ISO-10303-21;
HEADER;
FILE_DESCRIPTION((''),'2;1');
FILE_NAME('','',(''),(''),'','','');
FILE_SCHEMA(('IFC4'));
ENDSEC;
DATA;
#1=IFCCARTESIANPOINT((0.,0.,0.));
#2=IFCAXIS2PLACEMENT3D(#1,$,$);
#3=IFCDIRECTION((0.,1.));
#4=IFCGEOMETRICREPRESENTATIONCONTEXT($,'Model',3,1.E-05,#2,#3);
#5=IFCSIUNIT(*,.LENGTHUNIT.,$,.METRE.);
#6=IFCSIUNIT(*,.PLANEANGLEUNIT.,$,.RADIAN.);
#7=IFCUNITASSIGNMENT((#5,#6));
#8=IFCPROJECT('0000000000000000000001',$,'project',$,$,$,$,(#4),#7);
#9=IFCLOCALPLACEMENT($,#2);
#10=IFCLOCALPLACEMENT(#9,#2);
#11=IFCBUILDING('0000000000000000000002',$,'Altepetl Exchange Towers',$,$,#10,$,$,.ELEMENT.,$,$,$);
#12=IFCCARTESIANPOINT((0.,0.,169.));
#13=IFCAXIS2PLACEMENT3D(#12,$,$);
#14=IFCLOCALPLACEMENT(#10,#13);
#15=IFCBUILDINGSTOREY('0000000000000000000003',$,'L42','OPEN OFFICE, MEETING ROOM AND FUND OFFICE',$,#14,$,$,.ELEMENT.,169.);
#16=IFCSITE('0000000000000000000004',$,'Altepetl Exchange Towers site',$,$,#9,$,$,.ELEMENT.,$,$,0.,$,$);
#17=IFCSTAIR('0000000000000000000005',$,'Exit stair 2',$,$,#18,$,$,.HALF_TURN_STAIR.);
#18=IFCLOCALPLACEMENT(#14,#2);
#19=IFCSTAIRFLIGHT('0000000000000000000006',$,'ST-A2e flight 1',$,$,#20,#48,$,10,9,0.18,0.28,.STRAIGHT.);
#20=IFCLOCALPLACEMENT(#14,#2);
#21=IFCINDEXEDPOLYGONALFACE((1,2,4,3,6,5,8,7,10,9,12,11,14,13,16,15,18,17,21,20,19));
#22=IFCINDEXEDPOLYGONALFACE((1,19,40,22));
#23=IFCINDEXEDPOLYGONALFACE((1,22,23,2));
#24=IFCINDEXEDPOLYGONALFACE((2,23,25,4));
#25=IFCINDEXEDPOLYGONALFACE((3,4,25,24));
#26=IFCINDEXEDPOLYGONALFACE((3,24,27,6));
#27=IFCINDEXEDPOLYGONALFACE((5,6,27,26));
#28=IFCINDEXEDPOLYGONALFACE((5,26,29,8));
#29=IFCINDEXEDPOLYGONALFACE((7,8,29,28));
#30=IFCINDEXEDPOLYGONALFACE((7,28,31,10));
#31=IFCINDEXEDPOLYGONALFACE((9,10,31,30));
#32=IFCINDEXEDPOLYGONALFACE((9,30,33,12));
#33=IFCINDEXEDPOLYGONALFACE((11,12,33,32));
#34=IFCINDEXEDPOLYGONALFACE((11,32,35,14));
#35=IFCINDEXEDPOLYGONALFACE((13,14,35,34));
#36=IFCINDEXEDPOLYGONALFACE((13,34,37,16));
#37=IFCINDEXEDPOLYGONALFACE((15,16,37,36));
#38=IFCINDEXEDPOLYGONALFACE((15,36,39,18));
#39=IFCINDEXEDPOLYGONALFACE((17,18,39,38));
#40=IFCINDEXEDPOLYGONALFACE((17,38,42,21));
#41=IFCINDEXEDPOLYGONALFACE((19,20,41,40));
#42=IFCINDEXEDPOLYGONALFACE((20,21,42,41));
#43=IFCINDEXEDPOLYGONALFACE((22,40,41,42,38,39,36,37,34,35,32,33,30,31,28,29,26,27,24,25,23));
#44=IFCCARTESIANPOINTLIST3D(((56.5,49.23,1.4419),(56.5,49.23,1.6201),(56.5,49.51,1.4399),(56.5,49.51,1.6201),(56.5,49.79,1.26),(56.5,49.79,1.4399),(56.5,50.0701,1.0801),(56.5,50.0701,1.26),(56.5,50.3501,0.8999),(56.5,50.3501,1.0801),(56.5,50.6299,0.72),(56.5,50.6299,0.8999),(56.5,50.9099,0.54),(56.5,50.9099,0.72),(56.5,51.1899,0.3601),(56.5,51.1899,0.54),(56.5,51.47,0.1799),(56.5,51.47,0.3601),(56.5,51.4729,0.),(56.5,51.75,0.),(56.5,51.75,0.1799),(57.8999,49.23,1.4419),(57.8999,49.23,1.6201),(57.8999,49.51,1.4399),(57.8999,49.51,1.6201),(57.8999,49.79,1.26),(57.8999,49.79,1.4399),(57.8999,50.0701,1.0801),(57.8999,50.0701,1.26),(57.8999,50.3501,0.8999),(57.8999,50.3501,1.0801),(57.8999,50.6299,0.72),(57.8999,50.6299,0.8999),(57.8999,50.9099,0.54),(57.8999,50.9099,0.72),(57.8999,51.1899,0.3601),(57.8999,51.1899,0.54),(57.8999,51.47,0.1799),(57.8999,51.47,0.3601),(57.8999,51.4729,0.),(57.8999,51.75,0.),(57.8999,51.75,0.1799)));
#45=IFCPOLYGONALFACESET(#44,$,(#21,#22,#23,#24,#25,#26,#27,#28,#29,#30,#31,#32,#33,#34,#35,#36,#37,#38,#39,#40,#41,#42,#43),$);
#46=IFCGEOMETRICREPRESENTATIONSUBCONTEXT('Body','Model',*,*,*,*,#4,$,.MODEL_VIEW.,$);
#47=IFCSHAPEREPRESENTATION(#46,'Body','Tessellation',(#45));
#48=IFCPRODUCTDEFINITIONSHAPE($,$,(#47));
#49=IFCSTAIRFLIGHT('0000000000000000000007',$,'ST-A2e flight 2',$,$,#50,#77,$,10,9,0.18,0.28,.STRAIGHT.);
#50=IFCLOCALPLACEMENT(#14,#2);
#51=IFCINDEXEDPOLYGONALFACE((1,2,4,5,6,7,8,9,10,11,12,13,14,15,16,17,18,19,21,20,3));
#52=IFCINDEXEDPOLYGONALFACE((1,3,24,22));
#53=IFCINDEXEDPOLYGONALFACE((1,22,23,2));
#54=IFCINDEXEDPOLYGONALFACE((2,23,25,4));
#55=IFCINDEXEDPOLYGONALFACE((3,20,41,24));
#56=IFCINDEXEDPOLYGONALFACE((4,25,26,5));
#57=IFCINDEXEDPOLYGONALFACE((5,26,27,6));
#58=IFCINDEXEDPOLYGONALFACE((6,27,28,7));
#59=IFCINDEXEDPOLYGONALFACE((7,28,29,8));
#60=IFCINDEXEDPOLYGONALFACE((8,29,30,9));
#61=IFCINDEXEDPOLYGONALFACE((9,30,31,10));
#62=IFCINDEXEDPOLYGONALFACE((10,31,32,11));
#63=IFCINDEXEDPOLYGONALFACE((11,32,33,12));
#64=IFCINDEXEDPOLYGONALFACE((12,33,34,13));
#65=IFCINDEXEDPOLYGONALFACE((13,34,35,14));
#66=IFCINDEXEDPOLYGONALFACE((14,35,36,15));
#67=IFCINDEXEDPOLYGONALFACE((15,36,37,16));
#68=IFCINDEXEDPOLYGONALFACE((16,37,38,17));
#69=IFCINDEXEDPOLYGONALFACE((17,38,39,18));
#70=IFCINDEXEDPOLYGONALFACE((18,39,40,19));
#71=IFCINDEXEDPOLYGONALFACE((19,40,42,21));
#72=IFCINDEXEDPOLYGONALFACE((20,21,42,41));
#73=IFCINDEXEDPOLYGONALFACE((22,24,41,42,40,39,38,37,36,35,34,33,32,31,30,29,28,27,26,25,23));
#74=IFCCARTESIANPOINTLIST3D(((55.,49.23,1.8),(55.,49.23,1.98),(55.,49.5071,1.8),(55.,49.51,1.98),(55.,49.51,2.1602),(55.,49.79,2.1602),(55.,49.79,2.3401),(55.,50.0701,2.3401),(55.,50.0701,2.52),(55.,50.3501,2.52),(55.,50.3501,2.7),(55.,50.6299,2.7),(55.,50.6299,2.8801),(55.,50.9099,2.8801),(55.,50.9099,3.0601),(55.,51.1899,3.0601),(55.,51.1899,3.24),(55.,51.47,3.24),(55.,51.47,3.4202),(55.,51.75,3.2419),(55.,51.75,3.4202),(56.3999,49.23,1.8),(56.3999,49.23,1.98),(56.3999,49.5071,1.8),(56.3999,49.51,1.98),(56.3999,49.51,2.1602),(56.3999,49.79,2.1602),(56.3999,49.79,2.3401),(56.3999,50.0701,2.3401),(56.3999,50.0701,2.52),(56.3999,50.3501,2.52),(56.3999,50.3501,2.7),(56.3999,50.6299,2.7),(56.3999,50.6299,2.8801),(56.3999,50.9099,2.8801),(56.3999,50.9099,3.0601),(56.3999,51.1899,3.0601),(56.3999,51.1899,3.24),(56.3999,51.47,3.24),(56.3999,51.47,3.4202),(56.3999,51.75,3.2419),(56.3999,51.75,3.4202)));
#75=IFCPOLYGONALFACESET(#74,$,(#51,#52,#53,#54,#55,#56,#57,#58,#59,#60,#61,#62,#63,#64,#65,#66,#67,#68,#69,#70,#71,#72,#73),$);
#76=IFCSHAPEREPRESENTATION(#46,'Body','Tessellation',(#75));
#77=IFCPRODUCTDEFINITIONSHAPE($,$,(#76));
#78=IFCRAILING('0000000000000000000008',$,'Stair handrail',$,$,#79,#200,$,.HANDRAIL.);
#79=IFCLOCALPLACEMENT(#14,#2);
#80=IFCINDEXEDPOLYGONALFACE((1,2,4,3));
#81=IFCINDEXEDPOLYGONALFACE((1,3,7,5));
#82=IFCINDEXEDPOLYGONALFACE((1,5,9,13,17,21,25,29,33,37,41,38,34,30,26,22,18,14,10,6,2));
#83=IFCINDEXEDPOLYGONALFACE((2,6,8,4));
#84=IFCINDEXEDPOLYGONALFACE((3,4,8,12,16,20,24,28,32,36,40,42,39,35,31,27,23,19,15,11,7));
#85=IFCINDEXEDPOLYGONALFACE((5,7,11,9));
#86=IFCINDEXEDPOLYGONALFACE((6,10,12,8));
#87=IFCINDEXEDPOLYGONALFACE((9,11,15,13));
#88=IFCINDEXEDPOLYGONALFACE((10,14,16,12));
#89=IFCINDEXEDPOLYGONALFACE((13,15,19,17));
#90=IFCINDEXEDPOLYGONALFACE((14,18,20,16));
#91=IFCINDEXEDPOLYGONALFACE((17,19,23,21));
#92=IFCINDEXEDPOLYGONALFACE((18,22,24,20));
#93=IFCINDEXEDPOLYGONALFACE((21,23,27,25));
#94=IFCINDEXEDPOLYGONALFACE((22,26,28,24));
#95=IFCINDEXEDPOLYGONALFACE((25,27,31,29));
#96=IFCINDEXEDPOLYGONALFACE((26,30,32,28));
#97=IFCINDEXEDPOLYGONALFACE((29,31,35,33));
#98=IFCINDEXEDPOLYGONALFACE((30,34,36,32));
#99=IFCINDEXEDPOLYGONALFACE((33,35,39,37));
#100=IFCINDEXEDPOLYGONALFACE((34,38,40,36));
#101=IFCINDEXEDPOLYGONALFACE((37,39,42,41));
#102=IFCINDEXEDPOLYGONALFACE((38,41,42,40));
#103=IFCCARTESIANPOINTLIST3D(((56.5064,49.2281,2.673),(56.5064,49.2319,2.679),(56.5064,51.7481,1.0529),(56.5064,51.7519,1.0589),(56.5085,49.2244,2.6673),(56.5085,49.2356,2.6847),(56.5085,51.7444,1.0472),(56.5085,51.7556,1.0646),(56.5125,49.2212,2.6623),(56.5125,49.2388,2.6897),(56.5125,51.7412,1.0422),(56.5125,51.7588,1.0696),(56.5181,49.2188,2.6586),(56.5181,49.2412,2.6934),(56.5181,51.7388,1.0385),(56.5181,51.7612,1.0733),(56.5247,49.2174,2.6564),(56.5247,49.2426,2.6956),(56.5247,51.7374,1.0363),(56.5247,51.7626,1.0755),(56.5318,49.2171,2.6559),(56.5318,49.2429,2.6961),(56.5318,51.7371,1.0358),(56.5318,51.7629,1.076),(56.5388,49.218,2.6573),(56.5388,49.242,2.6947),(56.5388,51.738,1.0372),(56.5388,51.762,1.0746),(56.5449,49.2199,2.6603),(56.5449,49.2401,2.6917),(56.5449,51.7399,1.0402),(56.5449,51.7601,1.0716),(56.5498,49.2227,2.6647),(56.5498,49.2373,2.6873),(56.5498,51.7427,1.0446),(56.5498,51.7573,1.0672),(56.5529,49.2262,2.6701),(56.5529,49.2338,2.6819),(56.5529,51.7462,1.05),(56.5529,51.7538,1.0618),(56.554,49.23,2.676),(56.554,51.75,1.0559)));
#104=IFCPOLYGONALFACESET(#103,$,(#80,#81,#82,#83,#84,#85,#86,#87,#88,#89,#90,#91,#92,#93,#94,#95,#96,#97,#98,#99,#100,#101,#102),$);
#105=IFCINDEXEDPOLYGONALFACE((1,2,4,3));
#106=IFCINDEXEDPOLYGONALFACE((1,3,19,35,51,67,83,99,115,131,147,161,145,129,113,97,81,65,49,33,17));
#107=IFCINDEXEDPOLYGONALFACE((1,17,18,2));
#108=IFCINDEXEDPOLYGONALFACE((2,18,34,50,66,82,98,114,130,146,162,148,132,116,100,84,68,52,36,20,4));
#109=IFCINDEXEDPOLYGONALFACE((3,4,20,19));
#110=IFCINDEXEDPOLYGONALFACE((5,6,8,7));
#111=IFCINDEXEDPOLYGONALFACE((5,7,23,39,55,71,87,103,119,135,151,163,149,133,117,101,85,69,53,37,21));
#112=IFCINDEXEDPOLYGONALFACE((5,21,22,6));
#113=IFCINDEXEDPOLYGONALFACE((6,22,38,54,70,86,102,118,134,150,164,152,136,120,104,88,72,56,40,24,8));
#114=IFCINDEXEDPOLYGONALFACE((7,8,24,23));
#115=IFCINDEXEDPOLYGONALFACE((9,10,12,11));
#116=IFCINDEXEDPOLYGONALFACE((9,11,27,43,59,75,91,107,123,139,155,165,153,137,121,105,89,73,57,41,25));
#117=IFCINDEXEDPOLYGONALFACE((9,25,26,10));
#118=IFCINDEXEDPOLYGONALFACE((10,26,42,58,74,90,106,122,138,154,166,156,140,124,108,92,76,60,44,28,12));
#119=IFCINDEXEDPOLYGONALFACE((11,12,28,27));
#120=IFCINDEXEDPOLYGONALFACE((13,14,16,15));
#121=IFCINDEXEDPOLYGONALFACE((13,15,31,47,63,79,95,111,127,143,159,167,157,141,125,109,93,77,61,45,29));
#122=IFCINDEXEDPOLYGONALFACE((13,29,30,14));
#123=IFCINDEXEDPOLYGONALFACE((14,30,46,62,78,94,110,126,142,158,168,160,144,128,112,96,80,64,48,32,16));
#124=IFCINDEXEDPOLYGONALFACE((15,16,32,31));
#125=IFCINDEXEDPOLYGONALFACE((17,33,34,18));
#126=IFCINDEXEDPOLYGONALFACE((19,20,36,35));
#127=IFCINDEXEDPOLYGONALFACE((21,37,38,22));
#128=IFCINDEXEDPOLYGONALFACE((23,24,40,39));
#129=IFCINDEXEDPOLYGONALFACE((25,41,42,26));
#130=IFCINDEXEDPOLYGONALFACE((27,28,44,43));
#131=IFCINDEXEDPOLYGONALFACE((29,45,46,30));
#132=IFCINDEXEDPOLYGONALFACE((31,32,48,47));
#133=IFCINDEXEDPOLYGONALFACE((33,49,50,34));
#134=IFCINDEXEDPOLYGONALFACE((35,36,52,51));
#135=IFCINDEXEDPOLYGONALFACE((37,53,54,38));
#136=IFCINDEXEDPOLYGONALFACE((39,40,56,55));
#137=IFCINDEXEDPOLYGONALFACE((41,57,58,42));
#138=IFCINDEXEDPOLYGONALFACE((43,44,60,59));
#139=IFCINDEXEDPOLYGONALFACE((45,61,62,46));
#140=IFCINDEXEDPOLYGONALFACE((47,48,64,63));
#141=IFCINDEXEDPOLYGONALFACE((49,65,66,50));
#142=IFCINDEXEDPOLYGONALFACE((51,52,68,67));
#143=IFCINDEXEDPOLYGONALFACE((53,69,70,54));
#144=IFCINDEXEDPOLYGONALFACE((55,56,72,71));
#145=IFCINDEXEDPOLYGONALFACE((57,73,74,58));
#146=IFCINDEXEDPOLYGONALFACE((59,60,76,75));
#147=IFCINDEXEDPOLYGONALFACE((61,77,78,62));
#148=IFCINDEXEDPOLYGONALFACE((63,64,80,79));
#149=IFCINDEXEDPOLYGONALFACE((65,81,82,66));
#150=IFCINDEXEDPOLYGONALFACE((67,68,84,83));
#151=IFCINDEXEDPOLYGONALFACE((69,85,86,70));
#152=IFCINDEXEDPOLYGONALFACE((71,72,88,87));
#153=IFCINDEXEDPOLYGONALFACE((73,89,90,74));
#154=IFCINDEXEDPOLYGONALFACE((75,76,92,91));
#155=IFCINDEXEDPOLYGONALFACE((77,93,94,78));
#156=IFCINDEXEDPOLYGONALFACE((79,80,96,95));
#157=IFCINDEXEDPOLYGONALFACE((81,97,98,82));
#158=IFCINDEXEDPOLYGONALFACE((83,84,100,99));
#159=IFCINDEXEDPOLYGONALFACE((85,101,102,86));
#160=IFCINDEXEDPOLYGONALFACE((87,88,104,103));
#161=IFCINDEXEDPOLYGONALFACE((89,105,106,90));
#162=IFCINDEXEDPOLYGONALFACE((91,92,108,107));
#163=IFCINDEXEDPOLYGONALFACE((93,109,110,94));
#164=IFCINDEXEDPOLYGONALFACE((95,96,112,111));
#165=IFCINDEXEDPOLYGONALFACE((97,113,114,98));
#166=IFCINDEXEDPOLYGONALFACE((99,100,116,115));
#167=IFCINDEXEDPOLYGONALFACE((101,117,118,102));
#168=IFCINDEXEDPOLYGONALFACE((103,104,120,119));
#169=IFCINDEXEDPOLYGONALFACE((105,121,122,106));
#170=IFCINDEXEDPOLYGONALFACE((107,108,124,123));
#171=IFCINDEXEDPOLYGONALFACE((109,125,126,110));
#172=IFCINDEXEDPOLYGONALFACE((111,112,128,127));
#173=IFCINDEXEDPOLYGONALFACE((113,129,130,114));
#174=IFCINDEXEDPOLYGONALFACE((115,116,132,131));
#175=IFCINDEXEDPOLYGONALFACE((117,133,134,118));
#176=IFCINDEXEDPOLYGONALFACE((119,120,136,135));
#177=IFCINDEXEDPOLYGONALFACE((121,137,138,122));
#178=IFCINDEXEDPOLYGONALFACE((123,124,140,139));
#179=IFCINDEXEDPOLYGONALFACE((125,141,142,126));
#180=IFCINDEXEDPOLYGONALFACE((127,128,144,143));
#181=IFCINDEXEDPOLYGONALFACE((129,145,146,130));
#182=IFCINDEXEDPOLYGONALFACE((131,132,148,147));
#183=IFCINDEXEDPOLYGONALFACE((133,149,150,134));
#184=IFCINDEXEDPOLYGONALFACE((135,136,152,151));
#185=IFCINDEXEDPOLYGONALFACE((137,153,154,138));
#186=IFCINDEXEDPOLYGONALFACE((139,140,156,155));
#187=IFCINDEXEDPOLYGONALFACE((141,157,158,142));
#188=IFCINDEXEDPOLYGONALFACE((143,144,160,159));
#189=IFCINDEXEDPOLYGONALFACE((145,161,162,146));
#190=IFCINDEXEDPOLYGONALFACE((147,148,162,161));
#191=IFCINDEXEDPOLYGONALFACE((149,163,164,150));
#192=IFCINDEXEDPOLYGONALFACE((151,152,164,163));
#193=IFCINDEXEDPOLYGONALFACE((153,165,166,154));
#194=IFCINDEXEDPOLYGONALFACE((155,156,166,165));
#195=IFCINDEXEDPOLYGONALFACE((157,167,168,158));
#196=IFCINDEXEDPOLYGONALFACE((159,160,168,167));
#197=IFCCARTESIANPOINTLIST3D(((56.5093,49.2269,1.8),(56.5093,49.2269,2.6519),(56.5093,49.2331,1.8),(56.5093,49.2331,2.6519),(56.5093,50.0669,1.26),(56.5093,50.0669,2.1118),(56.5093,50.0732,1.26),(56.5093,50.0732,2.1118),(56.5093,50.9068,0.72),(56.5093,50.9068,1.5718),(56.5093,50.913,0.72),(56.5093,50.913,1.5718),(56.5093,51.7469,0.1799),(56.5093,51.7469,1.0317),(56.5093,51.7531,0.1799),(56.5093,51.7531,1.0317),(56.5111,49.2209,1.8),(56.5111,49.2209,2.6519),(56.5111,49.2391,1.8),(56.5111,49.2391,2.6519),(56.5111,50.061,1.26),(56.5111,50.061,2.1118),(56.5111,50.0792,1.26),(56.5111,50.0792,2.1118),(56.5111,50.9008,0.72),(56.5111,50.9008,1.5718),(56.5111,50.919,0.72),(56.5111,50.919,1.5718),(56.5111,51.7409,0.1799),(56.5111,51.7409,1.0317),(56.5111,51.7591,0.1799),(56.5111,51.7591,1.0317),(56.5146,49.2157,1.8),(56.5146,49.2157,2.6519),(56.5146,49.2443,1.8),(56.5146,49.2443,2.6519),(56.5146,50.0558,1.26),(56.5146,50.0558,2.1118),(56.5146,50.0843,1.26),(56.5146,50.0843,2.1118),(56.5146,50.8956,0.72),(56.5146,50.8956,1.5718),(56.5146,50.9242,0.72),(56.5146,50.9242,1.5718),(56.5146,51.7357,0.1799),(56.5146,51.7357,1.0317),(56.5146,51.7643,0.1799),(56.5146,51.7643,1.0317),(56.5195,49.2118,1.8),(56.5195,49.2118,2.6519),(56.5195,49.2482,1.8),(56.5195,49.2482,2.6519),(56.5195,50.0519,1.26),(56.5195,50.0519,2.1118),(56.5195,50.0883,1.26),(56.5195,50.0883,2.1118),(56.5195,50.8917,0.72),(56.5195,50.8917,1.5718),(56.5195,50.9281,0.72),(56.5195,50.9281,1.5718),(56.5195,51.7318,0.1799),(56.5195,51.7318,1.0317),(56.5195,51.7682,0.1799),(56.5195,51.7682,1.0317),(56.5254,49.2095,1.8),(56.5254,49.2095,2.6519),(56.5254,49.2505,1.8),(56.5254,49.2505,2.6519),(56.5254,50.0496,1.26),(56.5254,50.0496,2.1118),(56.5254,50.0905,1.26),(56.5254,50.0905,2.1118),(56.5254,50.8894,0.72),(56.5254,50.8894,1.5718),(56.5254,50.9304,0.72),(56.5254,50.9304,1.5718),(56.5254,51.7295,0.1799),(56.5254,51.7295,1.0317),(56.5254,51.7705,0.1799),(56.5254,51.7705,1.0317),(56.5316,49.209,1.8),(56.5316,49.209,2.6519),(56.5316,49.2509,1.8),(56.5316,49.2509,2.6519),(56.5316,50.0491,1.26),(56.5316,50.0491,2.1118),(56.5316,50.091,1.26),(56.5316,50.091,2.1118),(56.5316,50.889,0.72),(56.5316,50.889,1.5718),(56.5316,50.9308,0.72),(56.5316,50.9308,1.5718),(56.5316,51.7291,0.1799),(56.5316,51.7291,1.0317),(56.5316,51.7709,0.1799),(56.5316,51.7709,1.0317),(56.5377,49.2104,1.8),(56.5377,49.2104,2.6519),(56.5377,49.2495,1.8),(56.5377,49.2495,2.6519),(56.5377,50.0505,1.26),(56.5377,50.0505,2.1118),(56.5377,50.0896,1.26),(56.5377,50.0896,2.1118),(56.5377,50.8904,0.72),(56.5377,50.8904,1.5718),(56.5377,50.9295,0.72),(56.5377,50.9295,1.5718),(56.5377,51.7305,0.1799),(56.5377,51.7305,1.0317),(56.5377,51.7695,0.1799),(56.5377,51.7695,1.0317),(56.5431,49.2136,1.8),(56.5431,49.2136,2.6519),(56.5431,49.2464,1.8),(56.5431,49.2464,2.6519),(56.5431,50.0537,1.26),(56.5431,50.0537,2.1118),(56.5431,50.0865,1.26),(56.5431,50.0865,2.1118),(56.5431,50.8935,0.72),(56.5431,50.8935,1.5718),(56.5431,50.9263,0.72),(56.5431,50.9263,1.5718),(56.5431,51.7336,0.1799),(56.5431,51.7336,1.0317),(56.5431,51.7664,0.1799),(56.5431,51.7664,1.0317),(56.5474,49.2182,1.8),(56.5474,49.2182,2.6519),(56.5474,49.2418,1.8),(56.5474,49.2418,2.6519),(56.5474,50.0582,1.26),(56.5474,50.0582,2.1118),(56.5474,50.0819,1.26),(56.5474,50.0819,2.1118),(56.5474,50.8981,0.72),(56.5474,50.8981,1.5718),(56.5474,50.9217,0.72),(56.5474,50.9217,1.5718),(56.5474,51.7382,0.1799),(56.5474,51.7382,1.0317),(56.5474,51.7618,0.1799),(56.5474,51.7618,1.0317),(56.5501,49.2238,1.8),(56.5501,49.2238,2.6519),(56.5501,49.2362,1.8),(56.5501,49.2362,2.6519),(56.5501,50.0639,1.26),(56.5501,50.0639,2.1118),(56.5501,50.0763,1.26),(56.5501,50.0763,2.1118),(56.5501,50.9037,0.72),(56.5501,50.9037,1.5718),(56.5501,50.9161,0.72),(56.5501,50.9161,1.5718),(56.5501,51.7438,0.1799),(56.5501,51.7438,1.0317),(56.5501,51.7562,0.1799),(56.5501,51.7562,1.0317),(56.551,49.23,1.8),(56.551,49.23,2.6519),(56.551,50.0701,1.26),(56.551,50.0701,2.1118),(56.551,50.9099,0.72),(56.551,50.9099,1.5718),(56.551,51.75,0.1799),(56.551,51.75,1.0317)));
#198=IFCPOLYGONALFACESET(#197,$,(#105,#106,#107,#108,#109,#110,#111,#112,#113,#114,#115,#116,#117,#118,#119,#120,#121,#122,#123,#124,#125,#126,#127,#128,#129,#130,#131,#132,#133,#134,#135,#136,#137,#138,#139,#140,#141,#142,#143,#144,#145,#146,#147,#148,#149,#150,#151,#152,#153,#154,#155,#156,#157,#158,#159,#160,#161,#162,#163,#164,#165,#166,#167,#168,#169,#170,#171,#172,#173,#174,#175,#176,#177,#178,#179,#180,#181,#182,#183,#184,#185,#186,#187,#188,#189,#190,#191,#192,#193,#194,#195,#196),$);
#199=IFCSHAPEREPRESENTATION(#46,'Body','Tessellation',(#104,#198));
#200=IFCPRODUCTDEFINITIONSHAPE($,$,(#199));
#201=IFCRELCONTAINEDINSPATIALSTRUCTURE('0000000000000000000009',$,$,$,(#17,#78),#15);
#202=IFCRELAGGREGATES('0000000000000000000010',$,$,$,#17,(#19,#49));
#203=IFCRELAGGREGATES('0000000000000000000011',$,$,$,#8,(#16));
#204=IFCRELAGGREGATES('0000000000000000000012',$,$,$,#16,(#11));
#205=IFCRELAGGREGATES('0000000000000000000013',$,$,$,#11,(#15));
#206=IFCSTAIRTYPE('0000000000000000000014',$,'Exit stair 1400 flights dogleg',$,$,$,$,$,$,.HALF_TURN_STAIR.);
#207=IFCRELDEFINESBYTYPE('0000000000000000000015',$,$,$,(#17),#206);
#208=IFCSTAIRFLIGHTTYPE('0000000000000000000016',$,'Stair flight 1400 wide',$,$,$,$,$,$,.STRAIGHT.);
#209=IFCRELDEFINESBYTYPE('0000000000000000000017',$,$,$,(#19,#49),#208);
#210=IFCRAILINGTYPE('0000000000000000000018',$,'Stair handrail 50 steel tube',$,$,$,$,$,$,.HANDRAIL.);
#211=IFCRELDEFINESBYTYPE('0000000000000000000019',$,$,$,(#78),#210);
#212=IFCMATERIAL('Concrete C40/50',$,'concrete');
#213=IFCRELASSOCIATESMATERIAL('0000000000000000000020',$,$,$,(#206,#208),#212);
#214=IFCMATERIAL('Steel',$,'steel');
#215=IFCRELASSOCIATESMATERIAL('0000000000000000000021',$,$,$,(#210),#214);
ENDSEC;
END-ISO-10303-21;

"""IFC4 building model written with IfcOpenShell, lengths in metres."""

from ifc_helpers import new_model, si_unit, direction, frame, origin, origin_2d, place, context, subcontext, project, spatial, polyline, circle, outline, extrude, source, transform, mapped, material, type_object, element, aggregate, save


model = new_model("IFC4")

# Units and contexts
model_context = context("Model", 3, precision=1e-05, world=origin(), true_north=direction((0.0, 1.0)))
body_context = subcontext(model_context, "Body", "Model", "MODEL_VIEW")
ifc_project = project(units=[si_unit("LENGTHUNIT", "METRE"), si_unit("PLANEANGLEUNIT", "RADIAN")], contexts=[model_context])

# Site, building, storey
site_placement = place(None, origin())
site = spatial("IfcSite", under=ifc_project, at=site_placement, Name="Altepetl Exchange Towers site", CompositionType="ELEMENT", RefElevation=0.0)
building_placement = place(site_placement, origin())
building = spatial("IfcBuilding", under=site, at=building_placement, Name="Altepetl Exchange Towers", CompositionType="ELEMENT")
storey_placement = place(building_placement, frame((0.0, 0.0, 169.0)))
storey = spatial("IfcBuildingStorey", under=building, at=storey_placement, Name="L42", Description="OPEN OFFICE, MEETING ROOM AND FUND OFFICE", CompositionType="ELEMENT", Elevation=169.0)

# Shared definitions
ifc_material_1 = material(Name="Concrete C40/50", Category="concrete")

# Stair, stair flights
stair_type = type_object("IfcStairType", Name="Exit stair 1400 flights dogleg", PredefinedType="HALF_TURN_STAIR", material=ifc_material_1)
stair_placement = place(storey_placement, origin())
stair = element("IfcStair", 1, at=stair_placement, inside=storey, type_object=stair_type, Name="Exit stair 2", PredefinedType="HALF_TURN_STAIR")
stair_flight_type = type_object("IfcStairFlightType", Name="Stair flight 1400 wide", PredefinedType="STRAIGHT", material=ifc_material_1)
stair_flight_1_placement = place(storey_placement, frame((57.2, 51.75, 0.0), z_axis=(0.0, 0.0, 1.0), x_axis=(0.0, -1.0, 0.0)))
stair_flight_1 = element("IfcStairFlight", 2, at=stair_flight_1_placement, type_object=stair_flight_type, Name="ST-A2e flight 1", NumberOfRisers=10, NumberOfTreads=9, PredefinedType="STRAIGHT", RiserHeight=0.18, TreadLength=0.28, context=body_context, shape_type="SweptSolid", body=[
    extrude(outline(polyline([(0.0, 0.0), (0.0, 0.1799), (0.28, 0.1799), (0.28, 0.3601), (0.5601, 0.3601), (0.5601, 0.54), (0.8401, 0.54), (0.8401, 0.72), (1.1201, 0.72), (1.1201, 0.8999), (1.3999, 0.8999), (1.3999, 1.0801), (1.6799, 1.0801), (1.6799, 1.26), (1.96, 1.26), (1.96, 1.4399), (2.24, 1.4399), (2.24, 1.6201), (2.52, 1.6201), (2.52, 1.8), (2.52, 1.4419), (0.2771, 0.0), (0.0, 0.0)])), frame((0.0, 0.7, 0.0), z_axis=(0.0, -1.0, 0.0), x_axis=(1.0, 0.0, 0.0)), (0.0, 0.0, 1.0), 1.3999),
])
stair_flight_2_placement = place(storey_placement, frame((55.7, 49.23, 1.8), z_axis=(0.0, 0.0, 1.0), x_axis=(0.0, 1.0, 0.0)))
stair_flight_2 = element("IfcStairFlight", 3, at=stair_flight_2_placement, type_object=stair_flight_type, Name="ST-A2e flight 2", NumberOfRisers=10, NumberOfTreads=9, PredefinedType="STRAIGHT", RiserHeight=0.18, TreadLength=0.28, context=body_context, shape_type="SweptSolid", body=[
    extrude(outline(polyline([(0.0, 0.0), (0.0, 0.1799), (0.28, 0.1799), (0.28, 0.3601), (0.5601, 0.3601), (0.5601, 0.54), (0.8401, 0.54), (0.8401, 0.72), (1.1201, 0.72), (1.1201, 0.8999), (1.3999, 0.8999), (1.3999, 1.0801), (1.6799, 1.0801), (1.6799, 1.26), (1.96, 1.26), (1.96, 1.4399), (2.24, 1.4399), (2.24, 1.6201), (2.52, 1.6201), (2.52, 1.8), (2.52, 1.4419), (0.2771, 0.0), (0.0, 0.0)])), frame((0.0, 0.7, 0.0), z_axis=(0.0, -1.0, 0.0), x_axis=(1.0, 0.0, 0.0)), (0.0, 0.0, 1.0), 1.3999),
])
aggregate(stair, [stair_flight_1, stair_flight_2])

# Railing
ifc_material_2 = material(Name="Steel", Category="steel")
railing_type = type_object("IfcRailingType", Name="Stair handrail 50 steel tube", PredefinedType="HANDRAIL", material=ifc_material_2)
shared_shape = source(origin(), body_context, "Body", "SweptSolid", [
    extrude(circle(Radius=0.021, at=origin_2d()), origin(), (0.0, 0.0, 1.0), 0.8518),
])
railing_1_placement = place(storey_placement, frame((56.53, 51.75, 0.1799)))
element("IfcRailing", 4, at=railing_1_placement, inside=storey, type_object=railing_type, Name="Stair handrail", PredefinedType="HANDRAIL", context=body_context, shape_type="SweptSolid", body=[
    extrude(circle(Radius=0.0239, at=origin_2d()), frame((0.0, 0.0, 0.876), z_axis=(0.0, -0.841163, 0.540782), x_axis=(1.0, 0.0, 0.0)), (0.0, 0.0, 1.0), 2.9958),
    mapped(shared_shape, transform((0.0, 0.0, 0.0))),
    mapped(shared_shape, transform((0.0, -0.8401, 0.54))),
    mapped(shared_shape, transform((0.0, -1.6799, 1.0801))),
    mapped(shared_shape, transform((0.0, -2.52, 1.6201))),
])

save(model, "model.ifc")
